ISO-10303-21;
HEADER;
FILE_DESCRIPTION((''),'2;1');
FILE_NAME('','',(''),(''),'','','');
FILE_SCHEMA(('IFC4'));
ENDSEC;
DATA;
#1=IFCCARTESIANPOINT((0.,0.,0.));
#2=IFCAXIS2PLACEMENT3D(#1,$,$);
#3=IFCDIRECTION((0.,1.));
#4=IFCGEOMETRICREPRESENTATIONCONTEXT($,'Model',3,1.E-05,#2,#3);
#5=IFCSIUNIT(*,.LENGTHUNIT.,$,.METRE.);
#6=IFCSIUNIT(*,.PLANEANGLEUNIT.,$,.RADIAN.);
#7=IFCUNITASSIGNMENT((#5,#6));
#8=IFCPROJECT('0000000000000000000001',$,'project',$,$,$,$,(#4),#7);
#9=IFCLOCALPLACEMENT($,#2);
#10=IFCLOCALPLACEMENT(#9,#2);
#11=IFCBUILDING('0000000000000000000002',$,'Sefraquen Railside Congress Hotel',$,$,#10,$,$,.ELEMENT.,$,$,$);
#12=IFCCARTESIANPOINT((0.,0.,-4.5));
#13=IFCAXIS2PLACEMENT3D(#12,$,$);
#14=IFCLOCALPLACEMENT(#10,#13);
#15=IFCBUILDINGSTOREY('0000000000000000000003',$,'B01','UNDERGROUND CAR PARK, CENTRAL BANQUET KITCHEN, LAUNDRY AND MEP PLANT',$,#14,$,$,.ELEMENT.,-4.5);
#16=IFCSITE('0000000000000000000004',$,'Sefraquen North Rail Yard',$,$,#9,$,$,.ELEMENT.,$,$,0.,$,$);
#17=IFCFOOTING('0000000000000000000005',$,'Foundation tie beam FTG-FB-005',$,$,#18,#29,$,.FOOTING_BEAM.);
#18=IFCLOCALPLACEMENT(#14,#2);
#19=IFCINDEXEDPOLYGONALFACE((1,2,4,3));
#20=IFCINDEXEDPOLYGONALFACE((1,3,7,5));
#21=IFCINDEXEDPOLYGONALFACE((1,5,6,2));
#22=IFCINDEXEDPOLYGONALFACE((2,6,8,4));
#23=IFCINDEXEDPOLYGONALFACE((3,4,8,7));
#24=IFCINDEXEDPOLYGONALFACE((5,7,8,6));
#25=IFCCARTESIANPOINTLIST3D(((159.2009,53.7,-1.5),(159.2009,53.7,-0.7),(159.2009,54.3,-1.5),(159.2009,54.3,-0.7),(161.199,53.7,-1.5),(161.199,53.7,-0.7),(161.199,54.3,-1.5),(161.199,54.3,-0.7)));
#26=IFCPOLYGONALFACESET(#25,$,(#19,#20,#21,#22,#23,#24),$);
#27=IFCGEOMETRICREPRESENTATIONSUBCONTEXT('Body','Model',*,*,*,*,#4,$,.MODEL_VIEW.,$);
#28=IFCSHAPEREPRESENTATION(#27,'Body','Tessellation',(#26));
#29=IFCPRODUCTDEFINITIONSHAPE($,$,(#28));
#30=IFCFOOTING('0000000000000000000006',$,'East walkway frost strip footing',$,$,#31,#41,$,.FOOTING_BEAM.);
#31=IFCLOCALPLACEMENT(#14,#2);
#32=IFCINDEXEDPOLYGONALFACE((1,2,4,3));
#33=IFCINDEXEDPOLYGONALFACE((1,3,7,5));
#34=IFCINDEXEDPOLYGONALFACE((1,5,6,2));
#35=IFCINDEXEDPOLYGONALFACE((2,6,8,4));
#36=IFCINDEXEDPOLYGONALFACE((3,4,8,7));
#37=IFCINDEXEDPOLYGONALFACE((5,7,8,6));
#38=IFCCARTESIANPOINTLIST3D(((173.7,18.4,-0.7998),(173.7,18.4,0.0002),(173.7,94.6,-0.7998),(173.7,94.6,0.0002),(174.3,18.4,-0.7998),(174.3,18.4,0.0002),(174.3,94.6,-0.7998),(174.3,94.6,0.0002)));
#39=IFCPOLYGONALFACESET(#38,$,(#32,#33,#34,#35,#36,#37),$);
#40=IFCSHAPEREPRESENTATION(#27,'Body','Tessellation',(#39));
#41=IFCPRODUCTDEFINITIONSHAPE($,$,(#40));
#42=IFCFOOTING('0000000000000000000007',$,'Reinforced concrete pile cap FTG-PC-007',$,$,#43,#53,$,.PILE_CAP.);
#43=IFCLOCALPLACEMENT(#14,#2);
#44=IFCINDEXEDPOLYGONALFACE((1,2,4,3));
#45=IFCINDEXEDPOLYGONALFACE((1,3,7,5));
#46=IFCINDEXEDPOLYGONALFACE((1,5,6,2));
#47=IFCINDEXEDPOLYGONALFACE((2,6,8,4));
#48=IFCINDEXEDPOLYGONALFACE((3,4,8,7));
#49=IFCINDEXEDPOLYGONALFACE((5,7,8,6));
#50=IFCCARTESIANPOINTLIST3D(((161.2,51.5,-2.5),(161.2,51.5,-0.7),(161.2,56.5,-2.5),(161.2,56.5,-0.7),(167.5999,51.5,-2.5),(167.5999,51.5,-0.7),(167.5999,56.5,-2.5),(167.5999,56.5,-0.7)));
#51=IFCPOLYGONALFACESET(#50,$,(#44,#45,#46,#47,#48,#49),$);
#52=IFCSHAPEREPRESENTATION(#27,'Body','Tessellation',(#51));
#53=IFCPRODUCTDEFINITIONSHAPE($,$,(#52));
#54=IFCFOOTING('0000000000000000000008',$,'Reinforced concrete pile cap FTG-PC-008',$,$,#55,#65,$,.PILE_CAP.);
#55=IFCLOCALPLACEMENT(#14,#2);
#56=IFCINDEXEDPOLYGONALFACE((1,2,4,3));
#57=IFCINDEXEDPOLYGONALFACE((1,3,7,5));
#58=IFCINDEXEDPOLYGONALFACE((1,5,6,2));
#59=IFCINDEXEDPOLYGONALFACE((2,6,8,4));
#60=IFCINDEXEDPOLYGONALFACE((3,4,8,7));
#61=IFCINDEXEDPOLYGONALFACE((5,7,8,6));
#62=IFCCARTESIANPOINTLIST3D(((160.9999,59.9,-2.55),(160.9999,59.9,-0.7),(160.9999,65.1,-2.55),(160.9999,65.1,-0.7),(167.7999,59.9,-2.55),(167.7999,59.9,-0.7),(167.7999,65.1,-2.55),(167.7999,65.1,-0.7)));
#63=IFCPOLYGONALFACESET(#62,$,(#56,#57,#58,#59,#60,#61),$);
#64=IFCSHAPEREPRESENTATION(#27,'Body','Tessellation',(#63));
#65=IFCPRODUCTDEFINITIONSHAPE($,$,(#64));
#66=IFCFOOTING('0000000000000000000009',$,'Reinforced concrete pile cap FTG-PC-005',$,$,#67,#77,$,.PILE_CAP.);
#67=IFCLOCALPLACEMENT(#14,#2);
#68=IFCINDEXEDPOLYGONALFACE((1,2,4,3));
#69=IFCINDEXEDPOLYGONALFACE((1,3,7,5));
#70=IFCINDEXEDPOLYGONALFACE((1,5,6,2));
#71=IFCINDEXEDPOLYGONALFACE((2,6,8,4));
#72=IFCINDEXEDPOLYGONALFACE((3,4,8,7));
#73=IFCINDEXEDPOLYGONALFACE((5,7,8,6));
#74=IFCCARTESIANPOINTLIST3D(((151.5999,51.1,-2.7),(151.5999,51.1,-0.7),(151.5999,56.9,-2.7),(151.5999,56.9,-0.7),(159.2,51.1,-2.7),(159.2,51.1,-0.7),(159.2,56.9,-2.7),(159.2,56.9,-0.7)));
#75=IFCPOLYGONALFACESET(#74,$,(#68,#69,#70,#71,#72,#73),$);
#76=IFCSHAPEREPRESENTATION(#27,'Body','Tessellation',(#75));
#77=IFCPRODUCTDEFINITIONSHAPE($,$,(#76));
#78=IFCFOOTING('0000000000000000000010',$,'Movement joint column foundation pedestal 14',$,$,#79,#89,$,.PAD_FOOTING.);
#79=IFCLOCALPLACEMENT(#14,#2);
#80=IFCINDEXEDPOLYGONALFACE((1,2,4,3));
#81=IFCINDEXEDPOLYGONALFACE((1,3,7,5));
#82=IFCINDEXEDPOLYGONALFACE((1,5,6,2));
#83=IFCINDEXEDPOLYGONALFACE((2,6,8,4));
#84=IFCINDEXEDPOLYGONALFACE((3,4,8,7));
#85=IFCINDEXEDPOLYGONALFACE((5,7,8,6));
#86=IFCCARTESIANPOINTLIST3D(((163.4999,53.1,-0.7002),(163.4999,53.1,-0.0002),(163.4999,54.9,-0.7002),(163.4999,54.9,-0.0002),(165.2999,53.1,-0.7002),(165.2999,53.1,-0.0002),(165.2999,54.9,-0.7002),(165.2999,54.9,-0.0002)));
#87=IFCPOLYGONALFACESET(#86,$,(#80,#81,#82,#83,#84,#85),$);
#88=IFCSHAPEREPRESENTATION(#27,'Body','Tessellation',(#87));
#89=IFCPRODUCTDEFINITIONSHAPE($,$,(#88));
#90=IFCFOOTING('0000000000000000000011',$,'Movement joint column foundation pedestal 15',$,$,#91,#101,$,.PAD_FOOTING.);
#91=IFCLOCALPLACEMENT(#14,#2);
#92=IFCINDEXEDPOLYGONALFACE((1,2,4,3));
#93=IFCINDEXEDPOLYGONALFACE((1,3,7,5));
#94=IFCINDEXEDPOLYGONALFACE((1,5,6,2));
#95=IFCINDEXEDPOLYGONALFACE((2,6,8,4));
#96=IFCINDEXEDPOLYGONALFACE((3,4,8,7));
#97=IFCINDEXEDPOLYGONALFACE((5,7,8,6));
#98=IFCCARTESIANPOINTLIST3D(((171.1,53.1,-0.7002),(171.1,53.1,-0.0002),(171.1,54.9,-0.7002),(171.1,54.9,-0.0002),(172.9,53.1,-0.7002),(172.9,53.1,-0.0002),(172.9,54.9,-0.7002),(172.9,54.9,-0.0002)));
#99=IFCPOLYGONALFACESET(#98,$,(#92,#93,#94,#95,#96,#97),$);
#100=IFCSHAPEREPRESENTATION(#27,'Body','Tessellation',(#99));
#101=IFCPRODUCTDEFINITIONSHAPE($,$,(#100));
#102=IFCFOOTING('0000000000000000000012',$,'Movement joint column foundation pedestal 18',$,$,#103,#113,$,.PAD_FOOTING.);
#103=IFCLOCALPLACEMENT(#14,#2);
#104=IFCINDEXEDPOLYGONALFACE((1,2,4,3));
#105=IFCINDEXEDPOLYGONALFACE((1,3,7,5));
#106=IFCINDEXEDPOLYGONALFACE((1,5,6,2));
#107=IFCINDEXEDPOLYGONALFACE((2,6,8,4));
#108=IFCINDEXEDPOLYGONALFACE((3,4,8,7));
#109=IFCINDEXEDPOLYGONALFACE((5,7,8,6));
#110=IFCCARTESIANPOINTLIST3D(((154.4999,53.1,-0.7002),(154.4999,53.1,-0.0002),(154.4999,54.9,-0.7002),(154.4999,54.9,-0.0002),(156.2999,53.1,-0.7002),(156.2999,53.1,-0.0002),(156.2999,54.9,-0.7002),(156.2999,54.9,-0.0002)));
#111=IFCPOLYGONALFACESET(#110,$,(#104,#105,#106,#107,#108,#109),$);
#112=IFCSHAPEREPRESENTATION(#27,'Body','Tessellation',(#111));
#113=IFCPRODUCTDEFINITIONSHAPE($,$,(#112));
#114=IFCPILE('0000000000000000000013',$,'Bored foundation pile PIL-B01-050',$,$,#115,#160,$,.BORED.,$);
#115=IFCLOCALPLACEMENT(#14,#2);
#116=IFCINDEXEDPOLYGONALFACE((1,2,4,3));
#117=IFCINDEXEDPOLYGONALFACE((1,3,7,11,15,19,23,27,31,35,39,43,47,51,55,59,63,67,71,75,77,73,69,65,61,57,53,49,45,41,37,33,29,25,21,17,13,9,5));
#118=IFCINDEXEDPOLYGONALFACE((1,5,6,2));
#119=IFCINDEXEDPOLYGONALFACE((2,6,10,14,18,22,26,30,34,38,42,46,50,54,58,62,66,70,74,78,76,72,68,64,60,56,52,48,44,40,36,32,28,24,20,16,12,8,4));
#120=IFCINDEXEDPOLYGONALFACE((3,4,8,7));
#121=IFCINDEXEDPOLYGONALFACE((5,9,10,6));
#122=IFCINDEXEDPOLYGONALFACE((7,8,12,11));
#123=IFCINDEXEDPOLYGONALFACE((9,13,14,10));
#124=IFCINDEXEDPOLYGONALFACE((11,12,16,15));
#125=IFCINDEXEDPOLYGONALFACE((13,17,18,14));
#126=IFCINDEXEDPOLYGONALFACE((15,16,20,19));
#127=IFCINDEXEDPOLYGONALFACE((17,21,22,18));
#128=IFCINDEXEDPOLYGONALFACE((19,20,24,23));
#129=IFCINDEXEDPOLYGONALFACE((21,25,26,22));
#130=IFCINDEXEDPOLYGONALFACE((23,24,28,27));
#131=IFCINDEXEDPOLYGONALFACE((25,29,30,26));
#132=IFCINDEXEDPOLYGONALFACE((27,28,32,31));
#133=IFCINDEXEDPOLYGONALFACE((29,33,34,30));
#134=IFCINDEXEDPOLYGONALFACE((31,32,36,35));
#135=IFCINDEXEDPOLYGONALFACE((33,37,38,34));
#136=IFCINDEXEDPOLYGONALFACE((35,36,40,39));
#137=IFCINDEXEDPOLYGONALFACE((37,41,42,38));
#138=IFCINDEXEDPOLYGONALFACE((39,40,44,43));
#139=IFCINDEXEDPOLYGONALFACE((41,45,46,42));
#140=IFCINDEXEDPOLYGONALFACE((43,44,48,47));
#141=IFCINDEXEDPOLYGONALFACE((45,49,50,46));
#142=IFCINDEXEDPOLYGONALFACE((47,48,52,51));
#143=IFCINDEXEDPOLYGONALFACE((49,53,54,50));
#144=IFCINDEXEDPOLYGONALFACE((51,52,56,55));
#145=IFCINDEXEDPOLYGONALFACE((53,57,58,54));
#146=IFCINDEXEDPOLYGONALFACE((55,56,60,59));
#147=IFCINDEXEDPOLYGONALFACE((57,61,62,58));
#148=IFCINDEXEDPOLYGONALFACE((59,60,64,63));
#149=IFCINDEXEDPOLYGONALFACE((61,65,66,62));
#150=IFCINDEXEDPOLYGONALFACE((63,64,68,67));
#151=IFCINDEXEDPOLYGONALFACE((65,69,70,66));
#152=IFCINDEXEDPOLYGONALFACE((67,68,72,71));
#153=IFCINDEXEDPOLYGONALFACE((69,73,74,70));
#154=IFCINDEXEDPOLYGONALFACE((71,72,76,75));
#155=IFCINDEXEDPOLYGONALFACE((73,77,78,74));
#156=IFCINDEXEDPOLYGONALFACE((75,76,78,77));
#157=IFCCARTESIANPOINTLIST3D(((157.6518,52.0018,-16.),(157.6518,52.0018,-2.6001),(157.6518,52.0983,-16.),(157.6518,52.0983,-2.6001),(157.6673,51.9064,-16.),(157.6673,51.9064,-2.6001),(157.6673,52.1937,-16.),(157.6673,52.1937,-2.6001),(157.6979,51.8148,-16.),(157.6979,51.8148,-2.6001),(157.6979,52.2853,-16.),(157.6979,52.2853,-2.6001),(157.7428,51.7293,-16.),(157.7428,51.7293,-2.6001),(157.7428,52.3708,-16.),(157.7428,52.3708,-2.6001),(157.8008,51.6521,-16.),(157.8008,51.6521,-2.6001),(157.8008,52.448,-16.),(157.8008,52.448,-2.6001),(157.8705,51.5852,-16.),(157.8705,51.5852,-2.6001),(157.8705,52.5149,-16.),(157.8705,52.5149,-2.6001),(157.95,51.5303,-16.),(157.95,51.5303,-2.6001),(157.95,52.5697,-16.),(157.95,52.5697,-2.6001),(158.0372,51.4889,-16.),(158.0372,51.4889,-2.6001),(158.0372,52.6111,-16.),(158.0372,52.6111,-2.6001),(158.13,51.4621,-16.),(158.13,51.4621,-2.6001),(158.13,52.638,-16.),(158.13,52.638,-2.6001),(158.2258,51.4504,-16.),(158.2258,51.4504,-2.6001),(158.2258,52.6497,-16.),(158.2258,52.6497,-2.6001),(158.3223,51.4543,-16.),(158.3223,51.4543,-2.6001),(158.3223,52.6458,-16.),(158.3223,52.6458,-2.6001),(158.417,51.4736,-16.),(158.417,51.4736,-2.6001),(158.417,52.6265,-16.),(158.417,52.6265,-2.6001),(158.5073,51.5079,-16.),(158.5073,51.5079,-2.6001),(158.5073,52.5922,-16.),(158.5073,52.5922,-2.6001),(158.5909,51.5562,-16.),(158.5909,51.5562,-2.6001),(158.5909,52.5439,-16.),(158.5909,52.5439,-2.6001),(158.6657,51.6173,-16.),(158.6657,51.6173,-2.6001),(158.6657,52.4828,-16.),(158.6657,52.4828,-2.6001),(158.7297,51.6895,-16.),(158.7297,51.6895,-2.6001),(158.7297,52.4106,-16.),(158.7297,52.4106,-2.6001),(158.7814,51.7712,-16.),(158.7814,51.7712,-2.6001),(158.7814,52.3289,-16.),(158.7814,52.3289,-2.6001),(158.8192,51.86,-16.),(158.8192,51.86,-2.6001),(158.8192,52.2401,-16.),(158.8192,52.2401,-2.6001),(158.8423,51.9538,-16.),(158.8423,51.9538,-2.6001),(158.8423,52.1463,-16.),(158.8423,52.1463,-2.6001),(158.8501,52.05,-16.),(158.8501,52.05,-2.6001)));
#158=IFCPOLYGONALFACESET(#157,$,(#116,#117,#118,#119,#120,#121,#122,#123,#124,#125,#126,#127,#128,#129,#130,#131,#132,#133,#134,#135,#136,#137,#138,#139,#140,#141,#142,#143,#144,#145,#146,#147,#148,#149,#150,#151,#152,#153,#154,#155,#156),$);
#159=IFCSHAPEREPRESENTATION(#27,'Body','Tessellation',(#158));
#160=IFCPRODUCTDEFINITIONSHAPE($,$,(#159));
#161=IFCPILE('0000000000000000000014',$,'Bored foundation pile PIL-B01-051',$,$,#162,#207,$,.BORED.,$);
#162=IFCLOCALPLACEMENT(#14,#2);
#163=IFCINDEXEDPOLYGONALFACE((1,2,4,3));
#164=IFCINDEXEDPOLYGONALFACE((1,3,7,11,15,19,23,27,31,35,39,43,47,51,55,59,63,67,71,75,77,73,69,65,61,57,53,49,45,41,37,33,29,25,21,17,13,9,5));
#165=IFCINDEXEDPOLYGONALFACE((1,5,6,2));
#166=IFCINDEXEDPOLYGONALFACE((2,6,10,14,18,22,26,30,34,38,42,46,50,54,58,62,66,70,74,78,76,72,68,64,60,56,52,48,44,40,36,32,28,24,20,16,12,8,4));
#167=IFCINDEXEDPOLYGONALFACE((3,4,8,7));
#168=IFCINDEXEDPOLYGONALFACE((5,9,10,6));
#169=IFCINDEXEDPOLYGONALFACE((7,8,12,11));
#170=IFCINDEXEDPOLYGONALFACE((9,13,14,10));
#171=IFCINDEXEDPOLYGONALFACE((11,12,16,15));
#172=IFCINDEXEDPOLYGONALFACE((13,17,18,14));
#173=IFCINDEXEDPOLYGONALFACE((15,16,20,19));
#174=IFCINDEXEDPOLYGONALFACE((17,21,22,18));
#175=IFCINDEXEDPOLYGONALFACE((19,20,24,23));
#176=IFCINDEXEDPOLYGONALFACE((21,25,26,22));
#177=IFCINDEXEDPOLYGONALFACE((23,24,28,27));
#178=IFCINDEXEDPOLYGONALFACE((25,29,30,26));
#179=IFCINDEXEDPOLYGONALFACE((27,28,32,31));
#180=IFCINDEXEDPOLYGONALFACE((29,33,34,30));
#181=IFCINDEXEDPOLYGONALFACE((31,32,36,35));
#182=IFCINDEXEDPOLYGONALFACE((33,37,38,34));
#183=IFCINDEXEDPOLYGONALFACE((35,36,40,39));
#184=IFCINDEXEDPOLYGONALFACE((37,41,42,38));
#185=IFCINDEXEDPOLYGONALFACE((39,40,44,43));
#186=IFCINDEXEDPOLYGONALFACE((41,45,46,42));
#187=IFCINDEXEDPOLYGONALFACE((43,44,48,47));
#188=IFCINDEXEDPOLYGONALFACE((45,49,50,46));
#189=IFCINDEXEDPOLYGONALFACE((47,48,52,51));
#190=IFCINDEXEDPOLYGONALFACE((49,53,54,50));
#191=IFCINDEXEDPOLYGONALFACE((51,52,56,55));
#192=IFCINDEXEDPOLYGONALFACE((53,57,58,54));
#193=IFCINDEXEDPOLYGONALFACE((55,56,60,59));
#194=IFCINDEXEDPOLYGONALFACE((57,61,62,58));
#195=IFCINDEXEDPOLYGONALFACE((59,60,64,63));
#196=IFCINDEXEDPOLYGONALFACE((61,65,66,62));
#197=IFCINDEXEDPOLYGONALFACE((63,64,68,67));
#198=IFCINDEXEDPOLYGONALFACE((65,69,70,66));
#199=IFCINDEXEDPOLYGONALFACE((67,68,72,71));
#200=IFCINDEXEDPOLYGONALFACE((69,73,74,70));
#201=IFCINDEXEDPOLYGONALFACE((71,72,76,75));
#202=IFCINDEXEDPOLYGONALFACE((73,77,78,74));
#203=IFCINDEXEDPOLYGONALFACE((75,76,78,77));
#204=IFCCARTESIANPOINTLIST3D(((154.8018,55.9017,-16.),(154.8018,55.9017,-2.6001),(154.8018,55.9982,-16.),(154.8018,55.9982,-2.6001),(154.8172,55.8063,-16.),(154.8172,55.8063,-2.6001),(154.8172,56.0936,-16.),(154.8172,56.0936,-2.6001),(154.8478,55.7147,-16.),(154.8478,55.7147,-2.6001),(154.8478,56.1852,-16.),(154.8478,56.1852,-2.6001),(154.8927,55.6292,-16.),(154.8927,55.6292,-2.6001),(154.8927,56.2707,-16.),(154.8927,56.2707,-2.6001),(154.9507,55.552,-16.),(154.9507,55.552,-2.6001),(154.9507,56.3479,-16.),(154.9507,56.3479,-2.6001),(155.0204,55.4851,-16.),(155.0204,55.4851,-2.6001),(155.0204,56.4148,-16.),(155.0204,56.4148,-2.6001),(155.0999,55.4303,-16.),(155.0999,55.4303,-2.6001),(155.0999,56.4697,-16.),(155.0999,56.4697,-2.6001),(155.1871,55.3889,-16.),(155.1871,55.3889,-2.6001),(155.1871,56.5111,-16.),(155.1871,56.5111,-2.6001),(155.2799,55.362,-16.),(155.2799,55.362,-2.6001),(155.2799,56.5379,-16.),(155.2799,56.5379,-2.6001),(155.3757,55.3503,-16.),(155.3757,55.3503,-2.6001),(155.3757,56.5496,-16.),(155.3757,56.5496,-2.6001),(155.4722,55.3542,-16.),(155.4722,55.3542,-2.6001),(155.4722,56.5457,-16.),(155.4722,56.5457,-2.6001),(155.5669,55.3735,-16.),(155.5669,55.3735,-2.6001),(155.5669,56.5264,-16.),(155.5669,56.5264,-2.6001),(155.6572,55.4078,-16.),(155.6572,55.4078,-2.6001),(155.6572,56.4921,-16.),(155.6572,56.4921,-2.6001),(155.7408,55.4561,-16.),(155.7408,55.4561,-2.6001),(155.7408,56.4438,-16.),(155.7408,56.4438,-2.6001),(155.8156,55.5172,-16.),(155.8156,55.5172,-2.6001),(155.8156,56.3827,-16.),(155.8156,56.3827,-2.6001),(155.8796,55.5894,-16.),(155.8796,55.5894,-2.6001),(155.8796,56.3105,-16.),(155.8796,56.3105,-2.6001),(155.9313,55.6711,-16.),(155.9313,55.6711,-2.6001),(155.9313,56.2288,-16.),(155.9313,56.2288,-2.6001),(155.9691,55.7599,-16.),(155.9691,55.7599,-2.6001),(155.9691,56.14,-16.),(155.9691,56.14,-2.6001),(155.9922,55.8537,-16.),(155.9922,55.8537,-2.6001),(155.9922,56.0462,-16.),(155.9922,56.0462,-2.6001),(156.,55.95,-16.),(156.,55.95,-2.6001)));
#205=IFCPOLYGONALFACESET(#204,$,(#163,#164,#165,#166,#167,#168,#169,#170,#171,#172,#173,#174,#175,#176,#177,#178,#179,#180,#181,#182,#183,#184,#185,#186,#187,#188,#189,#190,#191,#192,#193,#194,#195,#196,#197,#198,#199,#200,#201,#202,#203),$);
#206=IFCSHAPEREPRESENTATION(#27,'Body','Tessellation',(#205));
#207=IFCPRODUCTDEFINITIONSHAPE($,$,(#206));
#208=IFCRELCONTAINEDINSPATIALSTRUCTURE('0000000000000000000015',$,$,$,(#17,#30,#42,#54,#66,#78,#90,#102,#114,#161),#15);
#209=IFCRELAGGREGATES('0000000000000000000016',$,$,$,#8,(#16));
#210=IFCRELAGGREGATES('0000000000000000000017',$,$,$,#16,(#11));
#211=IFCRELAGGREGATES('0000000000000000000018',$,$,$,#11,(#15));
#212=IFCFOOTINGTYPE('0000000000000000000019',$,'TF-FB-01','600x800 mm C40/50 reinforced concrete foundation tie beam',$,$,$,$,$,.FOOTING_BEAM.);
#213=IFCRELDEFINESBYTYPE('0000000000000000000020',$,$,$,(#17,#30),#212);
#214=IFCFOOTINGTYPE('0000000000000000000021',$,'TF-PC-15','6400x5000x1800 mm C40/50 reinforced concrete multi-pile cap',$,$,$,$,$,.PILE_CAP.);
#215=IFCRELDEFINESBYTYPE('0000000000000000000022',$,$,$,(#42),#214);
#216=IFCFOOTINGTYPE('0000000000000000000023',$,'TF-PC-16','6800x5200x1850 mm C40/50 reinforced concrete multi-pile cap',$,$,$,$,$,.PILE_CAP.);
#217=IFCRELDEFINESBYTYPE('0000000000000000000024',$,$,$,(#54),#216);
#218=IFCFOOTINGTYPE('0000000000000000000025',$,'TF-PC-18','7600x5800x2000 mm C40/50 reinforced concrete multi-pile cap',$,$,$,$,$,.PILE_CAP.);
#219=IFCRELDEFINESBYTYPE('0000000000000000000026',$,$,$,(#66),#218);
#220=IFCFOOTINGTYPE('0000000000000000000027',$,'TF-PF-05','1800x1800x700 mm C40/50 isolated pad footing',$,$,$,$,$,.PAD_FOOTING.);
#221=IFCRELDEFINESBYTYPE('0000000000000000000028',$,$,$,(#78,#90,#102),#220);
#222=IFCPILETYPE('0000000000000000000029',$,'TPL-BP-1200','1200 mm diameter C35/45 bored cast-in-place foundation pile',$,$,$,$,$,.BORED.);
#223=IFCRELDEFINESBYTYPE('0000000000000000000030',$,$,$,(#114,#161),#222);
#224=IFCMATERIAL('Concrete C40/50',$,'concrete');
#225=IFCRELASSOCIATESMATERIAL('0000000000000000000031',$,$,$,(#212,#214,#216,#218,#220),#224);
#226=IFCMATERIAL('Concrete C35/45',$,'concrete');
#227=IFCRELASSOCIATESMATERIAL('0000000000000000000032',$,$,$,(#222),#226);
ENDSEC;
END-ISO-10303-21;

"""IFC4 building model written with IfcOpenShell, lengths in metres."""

from ifc_helpers import new_model, si_unit, direction, frame, origin, origin_2d, place, context, subcontext, project, spatial, rectangle, circle, extrude, material, material_profile, profile_set, type_object, element, save


model = new_model("IFC4")

# Units and contexts
model_context = context("Model", 3, precision=1e-05, world=origin(), true_north=direction((0.0, 1.0)))
body_context = subcontext(model_context, "Body", "Model", "MODEL_VIEW")
ifc_project = project(units=[si_unit("LENGTHUNIT", "METRE"), si_unit("PLANEANGLEUNIT", "RADIAN")], contexts=[model_context])

# Site, building, storey
site_placement = place(None, origin())
site = spatial("IfcSite", under=ifc_project, at=site_placement, Name="Sefraquen North Rail Yard", CompositionType="ELEMENT", RefElevation=0.0)
building_placement = place(site_placement, origin())
building = spatial("IfcBuilding", under=site, at=building_placement, Name="Sefraquen Railside Congress Hotel", CompositionType="ELEMENT")
storey_placement = place(building_placement, frame((0.0, 0.0, -4.5)))
storey = spatial("IfcBuildingStorey", under=building, at=storey_placement, Name="B01", Description="UNDERGROUND CAR PARK, CENTRAL BANQUET KITCHEN, LAUNDRY AND MEP PLANT", CompositionType="ELEMENT", Elevation=-4.5)

# Footings
ifc_material_1 = material(Name="Concrete C40/50", Category="concrete")
footing_type_1 = type_object("IfcFootingType", Name="TF-FB-01", Description="600x800 mm C40/50 reinforced concrete foundation tie beam", PredefinedType="FOOTING_BEAM", material=ifc_material_1)
footing_1_placement = place(storey_placement, frame((160.2, 54.0, -1.5), z_axis=(0.0, 0.0, 1.0), x_axis=(1.0, 0.0, 0.0)))
element("IfcFooting", 1, at=footing_1_placement, inside=storey, type_object=footing_type_1, Name="Foundation tie beam FTG-FB-005", PredefinedType="FOOTING_BEAM", context=body_context, shape_type="SweptSolid", body=[
    extrude(rectangle(XDim=1.998, YDim=0.6001, at=origin_2d()), origin(), (0.0, 0.0, 1.0), 0.8),
])
footing_2_placement = place(storey_placement, frame((174.0, 56.5, -0.7998), z_axis=(0.0, 0.0, 1.0), x_axis=(1.0, 0.0, 0.0)))
element("IfcFooting", 2, at=footing_2_placement, inside=storey, type_object=footing_type_1, Name="East walkway frost strip footing", PredefinedType="FOOTING_BEAM", context=body_context, shape_type="SweptSolid", body=[
    extrude(rectangle(XDim=0.6001, YDim=76.2, at=origin_2d()), origin(), (0.0, 0.0, 1.0), 0.8),
])
footing_type_2 = type_object("IfcFootingType", Name="TF-PC-15", Description="6400x5000x1800 mm C40/50 reinforced concrete multi-pile cap", PredefinedType="PILE_CAP", material=ifc_material_1)
footing_3_placement = place(storey_placement, frame((164.3999, 54.0, -2.5), z_axis=(0.0, 0.0, 1.0), x_axis=(1.0, 0.0, 0.0)))
element("IfcFooting", 3, at=footing_3_placement, inside=storey, type_object=footing_type_2, Name="Reinforced concrete pile cap FTG-PC-007", PredefinedType="PILE_CAP", context=body_context, shape_type="SweptSolid", body=[
    extrude(rectangle(XDim=6.3999, YDim=5.0, at=origin_2d()), origin(), (0.0, 0.0, 1.0), 1.8),
])
footing_type_3 = type_object("IfcFootingType", Name="TF-PC-16", Description="6800x5200x1850 mm C40/50 reinforced concrete multi-pile cap", PredefinedType="PILE_CAP", material=ifc_material_1)
footing_4_placement = place(storey_placement, frame((164.3999, 62.5, -2.55), z_axis=(0.0, 0.0, 1.0), x_axis=(1.0, 0.0, 0.0)))
element("IfcFooting", 4, at=footing_4_placement, inside=storey, type_object=footing_type_3, Name="Reinforced concrete pile cap FTG-PC-008", PredefinedType="PILE_CAP", context=body_context, shape_type="SweptSolid", body=[
    extrude(rectangle(XDim=6.8, YDim=5.2, at=origin_2d()), origin(), (0.0, 0.0, 1.0), 1.8501),
])
footing_type_4 = type_object("IfcFootingType", Name="TF-PC-18", Description="7600x5800x2000 mm C40/50 reinforced concrete multi-pile cap", PredefinedType="PILE_CAP", material=ifc_material_1)
footing_5_placement = place(storey_placement, frame((155.3999, 54.0, -2.7), z_axis=(0.0, 0.0, 1.0), x_axis=(1.0, 0.0, 0.0)))
element("IfcFooting", 5, at=footing_5_placement, inside=storey, type_object=footing_type_4, Name="Reinforced concrete pile cap FTG-PC-005", PredefinedType="PILE_CAP", context=body_context, shape_type="SweptSolid", body=[
    extrude(rectangle(XDim=7.6001, YDim=5.8, at=origin_2d()), origin(), (0.0, 0.0, 1.0), 2.0),
])
footing_type_5 = type_object("IfcFootingType", Name="TF-PF-05", Description="1800x1800x700 mm C40/50 isolated pad footing", PredefinedType="PAD_FOOTING", material=ifc_material_1)
for number, where, z_axis, x_axis, name in (
    (6, (164.3999, 54.0, -0.7002), (0.0, 0.0, 1.0), (1.0, 0.0, 0.0), "Movement joint column foundation pedestal 14"),
    (7, (172.0, 54.0, -0.7002), (0.0, 0.0, 1.0), (1.0, 0.0, 0.0), "Movement joint column foundation pedestal 15"),
    (8, (155.3999, 54.0, -0.7002), (0.0, 0.0, 1.0), (1.0, 0.0, 0.0), "Movement joint column foundation pedestal 18"),
):
    element("IfcFooting", number, at=place(storey_placement, frame(where, z_axis=z_axis, x_axis=x_axis)), inside=storey, type_object=footing_type_5, Name=name, PredefinedType="PAD_FOOTING", context=body_context, shape_type="SweptSolid", body=[
        extrude(rectangle(XDim=1.8, YDim=1.8, at=origin_2d()), origin(), (0.0, 0.0, 1.0), 0.7),
    ])

# Piles
ifc_material_2 = material(Name="Concrete C35/45", Category="concrete")
ifc_material_profile_1 = material_profile(ifc_material_2, circle(Radius=0.6001, at=origin_2d()), Name="BORED PILE 1200")
ifc_profile_set_1 = profile_set([ifc_material_profile_1], Name="Concrete C35/45")
pile_type = type_object("IfcPileType", Name="TPL-BP-1200", Description="1200 mm diameter C35/45 bored cast-in-place foundation pile", PredefinedType="BORED", material=ifc_profile_set_1)
for number, where, z_axis, x_axis, name in (
    (9, (158.25, 52.05, -2.6001), (0.0, 0.0, -1.0), (1.0, 0.0, 0.0), "Bored foundation pile PIL-B01-050"),
    (10, (155.3999, 55.95, -2.6001), (0.0, 0.0, -1.0), (1.0, 0.0, 0.0), "Bored foundation pile PIL-B01-051"),
):
    element("IfcPile", number, at=place(storey_placement, frame(where, z_axis=z_axis, x_axis=x_axis)), inside=storey, type_object=pile_type, Name=name, PredefinedType="BORED", context=body_context, shape_type="SweptSolid", body=[
        extrude(circle(Radius=0.6001, at=origin_2d()), origin(), (0.0, 0.0, 1.0), 13.3999),
    ])

save(model, "model.ifc")
